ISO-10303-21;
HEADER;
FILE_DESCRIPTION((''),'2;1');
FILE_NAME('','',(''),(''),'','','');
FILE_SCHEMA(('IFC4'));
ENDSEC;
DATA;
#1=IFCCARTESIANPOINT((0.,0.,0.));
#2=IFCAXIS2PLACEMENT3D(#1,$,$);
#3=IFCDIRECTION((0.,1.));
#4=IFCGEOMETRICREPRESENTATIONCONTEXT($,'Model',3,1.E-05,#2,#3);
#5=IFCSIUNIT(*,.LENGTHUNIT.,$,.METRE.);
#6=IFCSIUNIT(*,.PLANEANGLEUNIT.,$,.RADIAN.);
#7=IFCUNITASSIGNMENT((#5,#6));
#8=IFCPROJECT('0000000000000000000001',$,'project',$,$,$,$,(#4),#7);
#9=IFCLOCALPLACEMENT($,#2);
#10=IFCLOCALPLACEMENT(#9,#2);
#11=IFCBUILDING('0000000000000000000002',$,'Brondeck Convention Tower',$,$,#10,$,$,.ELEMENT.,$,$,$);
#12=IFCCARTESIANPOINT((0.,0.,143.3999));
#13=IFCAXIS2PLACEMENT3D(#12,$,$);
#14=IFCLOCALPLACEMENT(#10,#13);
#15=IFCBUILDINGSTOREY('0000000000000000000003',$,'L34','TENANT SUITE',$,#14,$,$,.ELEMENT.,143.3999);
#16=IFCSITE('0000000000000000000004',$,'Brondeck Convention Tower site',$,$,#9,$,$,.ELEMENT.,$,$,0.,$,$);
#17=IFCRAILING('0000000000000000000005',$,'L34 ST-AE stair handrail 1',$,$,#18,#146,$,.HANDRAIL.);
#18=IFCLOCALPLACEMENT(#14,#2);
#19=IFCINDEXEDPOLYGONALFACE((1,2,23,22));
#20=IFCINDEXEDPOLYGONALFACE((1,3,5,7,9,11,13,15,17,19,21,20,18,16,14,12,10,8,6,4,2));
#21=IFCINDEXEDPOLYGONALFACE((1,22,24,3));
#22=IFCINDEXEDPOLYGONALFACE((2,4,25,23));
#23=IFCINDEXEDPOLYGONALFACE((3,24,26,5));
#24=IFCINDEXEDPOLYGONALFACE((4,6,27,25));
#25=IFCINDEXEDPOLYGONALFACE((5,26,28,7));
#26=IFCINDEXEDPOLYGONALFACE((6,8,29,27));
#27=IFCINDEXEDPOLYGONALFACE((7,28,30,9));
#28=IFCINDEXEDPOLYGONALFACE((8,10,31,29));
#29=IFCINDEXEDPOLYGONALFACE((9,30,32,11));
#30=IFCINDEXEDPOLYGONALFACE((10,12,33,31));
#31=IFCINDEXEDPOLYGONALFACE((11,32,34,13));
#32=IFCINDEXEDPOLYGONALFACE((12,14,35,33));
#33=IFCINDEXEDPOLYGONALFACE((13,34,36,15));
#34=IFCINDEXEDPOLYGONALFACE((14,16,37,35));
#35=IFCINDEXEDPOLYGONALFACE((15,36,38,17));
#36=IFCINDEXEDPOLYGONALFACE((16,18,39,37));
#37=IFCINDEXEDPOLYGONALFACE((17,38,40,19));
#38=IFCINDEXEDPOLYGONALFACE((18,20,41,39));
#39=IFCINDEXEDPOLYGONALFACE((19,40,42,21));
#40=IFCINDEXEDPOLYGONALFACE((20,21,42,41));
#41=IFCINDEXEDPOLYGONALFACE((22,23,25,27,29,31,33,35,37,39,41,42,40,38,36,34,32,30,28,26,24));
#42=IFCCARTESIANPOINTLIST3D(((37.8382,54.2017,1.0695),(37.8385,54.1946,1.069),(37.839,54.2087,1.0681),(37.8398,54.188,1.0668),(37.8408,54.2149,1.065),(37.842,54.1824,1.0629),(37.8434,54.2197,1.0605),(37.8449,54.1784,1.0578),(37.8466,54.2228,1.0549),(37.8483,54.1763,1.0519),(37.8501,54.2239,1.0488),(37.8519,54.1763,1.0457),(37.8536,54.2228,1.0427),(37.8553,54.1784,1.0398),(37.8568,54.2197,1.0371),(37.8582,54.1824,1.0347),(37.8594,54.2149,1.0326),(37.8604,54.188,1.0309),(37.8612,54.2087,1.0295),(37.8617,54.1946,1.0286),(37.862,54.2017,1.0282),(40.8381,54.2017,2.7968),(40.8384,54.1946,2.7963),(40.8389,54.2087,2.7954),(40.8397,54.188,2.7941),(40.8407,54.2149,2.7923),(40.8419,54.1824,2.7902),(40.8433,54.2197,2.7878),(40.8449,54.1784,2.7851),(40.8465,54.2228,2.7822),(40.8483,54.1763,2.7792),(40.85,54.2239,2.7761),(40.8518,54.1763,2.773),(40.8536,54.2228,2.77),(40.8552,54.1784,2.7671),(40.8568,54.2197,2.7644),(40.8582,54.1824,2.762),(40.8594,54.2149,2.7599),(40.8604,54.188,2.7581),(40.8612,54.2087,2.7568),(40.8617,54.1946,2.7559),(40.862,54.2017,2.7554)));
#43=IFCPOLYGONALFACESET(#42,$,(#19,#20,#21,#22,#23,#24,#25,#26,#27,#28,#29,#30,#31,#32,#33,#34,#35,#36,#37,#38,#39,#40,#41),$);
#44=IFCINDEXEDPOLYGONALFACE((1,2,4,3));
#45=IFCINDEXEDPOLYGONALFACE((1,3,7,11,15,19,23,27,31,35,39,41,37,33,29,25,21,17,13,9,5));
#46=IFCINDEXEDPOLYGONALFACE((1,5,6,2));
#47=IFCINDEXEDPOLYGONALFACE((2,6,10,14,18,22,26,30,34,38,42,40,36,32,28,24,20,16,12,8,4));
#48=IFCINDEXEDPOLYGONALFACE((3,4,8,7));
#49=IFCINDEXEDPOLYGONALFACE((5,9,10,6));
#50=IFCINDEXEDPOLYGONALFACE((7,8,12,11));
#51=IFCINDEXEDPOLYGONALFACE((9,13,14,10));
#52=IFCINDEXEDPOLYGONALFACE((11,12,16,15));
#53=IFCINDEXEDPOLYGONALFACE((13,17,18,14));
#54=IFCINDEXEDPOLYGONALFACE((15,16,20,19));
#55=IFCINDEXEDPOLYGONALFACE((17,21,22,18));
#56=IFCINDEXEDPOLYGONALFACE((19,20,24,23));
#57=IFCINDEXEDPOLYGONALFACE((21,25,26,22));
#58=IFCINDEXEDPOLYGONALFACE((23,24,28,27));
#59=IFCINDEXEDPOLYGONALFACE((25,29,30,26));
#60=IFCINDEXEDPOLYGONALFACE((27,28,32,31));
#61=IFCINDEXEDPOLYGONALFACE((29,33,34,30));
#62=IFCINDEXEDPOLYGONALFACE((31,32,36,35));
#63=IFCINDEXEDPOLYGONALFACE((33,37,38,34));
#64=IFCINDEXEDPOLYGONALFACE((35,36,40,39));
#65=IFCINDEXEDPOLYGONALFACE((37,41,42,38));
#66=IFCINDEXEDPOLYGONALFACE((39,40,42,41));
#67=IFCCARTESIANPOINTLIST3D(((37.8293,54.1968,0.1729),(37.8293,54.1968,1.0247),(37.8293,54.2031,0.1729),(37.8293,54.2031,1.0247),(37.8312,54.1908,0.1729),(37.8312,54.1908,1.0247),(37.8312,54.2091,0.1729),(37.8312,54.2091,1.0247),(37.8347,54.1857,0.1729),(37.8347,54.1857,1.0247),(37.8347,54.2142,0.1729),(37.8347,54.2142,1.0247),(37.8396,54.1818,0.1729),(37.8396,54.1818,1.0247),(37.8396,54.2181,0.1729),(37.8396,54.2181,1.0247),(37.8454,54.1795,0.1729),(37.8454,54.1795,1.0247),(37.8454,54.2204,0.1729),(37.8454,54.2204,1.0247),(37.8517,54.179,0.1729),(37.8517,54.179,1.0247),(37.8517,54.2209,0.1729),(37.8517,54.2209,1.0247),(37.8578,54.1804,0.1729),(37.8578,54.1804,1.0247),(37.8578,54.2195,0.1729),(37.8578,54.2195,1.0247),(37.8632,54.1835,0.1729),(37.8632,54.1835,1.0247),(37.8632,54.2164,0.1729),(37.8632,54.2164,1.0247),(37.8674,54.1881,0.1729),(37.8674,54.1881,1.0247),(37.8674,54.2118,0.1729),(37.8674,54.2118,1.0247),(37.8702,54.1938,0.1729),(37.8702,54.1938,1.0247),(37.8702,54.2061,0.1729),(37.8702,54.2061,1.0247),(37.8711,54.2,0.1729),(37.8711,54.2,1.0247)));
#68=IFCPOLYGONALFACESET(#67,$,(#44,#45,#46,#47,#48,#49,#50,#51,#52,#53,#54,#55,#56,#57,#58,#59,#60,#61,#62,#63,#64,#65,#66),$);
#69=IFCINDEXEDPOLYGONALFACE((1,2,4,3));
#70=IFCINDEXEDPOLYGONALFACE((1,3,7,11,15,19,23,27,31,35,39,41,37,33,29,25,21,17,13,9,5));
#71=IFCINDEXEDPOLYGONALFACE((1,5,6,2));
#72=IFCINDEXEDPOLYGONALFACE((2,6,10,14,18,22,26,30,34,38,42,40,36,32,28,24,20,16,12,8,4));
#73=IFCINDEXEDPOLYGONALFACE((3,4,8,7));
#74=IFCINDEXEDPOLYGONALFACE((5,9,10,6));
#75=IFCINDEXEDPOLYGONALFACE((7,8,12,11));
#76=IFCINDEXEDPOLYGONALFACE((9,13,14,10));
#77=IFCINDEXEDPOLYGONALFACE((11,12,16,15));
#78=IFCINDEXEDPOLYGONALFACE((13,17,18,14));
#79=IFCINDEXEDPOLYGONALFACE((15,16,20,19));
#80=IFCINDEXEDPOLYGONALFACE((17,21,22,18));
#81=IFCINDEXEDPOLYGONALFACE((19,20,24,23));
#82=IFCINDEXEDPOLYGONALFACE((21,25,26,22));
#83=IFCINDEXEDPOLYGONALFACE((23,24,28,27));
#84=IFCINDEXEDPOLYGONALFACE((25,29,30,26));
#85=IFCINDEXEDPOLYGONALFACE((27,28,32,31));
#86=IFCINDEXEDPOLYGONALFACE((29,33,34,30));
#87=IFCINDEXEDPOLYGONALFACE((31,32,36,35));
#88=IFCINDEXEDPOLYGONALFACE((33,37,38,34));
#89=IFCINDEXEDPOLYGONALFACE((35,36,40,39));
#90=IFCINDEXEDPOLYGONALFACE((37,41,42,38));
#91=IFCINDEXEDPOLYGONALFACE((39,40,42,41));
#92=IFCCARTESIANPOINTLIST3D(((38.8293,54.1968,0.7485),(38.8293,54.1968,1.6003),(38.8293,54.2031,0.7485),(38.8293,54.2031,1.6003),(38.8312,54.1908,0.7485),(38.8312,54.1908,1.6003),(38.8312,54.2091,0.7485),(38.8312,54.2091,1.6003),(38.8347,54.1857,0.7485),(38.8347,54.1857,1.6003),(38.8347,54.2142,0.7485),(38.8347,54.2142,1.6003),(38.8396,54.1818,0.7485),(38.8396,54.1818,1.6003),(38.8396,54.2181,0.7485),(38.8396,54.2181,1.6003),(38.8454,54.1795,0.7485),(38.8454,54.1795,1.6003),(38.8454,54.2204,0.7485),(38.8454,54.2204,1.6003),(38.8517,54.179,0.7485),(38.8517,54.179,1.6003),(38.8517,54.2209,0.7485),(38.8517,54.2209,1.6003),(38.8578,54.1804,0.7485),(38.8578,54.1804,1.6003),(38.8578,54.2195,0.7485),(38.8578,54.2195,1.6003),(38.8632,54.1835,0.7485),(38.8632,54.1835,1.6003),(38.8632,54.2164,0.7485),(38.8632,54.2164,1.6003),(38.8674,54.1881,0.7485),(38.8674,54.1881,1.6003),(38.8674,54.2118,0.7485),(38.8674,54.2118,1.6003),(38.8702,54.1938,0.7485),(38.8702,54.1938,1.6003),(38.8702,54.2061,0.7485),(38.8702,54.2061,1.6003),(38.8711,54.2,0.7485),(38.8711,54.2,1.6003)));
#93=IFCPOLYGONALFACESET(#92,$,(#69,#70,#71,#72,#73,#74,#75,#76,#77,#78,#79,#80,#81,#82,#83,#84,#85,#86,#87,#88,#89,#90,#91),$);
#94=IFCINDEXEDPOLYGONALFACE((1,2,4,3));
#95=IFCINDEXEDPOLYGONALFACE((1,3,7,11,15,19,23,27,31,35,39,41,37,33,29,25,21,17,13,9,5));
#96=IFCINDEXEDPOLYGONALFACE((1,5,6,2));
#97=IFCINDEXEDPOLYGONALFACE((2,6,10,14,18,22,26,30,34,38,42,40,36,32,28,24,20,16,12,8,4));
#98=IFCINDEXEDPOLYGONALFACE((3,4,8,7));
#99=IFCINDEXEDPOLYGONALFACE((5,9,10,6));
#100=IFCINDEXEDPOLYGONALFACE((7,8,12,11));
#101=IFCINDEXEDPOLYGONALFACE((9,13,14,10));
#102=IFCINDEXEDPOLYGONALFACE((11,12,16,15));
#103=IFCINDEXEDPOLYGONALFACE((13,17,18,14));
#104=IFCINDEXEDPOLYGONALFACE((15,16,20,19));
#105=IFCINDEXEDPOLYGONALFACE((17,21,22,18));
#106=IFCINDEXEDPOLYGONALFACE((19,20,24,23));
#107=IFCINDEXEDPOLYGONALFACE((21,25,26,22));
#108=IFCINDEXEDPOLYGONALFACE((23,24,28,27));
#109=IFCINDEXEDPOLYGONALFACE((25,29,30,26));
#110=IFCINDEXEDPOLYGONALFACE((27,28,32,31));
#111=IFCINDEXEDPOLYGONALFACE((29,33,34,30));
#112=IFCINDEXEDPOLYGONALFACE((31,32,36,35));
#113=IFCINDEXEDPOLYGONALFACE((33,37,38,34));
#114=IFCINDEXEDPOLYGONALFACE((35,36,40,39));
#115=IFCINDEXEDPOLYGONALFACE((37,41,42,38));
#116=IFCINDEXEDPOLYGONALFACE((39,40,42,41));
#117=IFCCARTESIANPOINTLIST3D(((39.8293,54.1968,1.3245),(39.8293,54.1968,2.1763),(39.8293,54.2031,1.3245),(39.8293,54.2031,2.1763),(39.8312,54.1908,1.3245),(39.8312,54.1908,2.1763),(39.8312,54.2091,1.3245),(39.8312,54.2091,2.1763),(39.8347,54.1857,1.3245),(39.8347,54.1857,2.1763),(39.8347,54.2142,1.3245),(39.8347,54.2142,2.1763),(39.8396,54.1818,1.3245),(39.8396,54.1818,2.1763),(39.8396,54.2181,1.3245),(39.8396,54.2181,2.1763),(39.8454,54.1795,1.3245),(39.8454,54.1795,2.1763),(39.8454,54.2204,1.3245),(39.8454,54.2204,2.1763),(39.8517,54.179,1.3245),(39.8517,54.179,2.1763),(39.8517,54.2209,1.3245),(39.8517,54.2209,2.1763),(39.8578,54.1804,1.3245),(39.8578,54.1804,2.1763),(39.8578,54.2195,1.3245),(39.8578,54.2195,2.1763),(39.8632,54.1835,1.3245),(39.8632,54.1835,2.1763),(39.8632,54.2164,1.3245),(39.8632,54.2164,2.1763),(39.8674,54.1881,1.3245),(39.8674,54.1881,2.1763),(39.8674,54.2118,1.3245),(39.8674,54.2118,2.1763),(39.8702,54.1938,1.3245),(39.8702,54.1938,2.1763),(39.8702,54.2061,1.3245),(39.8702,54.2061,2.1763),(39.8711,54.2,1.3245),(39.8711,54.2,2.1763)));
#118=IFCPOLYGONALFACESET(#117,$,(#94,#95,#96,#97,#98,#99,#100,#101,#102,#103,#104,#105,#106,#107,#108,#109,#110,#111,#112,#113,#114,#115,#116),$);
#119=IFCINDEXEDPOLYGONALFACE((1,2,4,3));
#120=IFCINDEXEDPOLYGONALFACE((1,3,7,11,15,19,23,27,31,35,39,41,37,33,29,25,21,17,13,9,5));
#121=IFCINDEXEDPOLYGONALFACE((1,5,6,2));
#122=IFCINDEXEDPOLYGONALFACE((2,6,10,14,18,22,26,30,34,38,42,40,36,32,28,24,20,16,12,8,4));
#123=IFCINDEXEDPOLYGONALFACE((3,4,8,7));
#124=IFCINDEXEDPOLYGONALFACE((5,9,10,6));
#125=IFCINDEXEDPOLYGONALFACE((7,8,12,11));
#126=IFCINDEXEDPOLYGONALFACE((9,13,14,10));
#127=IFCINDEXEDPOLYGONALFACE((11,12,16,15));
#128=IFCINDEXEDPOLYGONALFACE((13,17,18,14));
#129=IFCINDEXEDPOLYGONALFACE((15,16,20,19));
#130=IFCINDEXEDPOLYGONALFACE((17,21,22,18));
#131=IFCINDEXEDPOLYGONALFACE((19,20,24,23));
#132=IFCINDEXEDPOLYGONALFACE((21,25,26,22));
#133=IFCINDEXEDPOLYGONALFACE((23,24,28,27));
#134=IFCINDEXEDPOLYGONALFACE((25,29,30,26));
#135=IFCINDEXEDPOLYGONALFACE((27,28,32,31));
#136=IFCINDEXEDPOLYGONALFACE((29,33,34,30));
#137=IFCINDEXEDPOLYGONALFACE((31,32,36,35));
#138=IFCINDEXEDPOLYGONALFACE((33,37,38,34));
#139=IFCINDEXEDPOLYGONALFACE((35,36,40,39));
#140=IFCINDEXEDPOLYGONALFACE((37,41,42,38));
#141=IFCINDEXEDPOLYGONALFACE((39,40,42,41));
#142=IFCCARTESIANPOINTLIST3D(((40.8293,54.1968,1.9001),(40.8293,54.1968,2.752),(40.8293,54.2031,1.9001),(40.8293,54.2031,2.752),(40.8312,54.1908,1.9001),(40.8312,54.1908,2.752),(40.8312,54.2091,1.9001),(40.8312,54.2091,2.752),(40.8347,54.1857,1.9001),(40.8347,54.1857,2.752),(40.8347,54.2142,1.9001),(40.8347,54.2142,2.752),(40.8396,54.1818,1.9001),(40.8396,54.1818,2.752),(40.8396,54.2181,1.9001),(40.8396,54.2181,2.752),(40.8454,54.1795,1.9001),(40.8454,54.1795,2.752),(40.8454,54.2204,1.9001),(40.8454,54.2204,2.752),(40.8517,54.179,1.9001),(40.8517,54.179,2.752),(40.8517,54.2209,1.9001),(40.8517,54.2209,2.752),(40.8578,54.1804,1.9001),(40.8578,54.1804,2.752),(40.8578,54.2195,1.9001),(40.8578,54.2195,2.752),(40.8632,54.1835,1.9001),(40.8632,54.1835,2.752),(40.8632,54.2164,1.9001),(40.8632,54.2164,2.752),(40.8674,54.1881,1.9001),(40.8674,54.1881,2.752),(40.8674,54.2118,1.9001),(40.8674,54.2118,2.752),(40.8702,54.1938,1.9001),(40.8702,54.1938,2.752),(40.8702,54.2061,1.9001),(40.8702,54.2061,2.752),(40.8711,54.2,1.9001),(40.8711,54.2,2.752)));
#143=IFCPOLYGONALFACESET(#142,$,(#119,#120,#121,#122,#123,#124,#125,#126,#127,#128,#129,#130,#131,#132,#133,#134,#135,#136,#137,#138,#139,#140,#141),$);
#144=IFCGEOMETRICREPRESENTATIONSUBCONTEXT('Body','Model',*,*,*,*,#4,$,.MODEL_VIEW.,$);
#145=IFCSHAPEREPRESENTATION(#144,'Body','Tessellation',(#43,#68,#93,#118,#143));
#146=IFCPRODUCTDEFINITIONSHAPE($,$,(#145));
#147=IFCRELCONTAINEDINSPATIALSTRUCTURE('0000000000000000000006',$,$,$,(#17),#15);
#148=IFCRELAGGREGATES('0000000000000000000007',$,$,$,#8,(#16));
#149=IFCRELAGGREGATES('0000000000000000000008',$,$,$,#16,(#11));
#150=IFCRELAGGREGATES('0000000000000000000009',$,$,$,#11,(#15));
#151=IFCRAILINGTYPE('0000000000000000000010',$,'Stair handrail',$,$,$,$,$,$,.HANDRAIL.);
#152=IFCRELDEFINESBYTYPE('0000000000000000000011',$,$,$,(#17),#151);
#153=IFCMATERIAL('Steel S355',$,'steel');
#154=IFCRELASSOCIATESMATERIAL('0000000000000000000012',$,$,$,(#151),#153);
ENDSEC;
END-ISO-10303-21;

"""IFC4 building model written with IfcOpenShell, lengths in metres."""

from ifc_helpers import new_model, si_unit, direction, frame, origin, origin_2d, place, context, subcontext, project, spatial, circle, extrude, material, type_object, element, save


model = new_model("IFC4")

# Units and contexts
model_context = context("Model", 3, precision=1e-05, world=origin(), true_north=direction((0.0, 1.0)))
body_context = subcontext(model_context, "Body", "Model", "MODEL_VIEW")
ifc_project = project(units=[si_unit("LENGTHUNIT", "METRE"), si_unit("PLANEANGLEUNIT", "RADIAN")], contexts=[model_context])

# Site, building, storey
site_placement = place(None, origin())
site = spatial("IfcSite", under=ifc_project, at=site_placement, Name="Brondeck Convention Tower site", CompositionType="ELEMENT", RefElevation=0.0)
building_placement = place(site_placement, origin())
building = spatial("IfcBuilding", under=site, at=building_placement, Name="Brondeck Convention Tower", CompositionType="ELEMENT")
storey_placement = place(building_placement, frame((0.0, 0.0, 143.3999)))
storey = spatial("IfcBuildingStorey", under=building, at=storey_placement, Name="L34", Description="TENANT SUITE", CompositionType="ELEMENT", Elevation=143.3999)

# Shared definitions
ifc_material_1 = material(Name="Steel S355", Category="steel")

# Railing
railing_type_1 = type_object("IfcRailingType", Name="Stair handrail", PredefinedType="HANDRAIL", material=ifc_material_1)
railing_1_placement = place(storey_placement, frame((37.8501, 54.2, 0.1729)))
element("IfcRailing", 1, at=railing_1_placement, inside=storey, type_object=railing_type_1, Name="L34 ST-AE stair handrail 1", PredefinedType="HANDRAIL", context=body_context, shape_type="SweptSolid", body=[
    extrude(circle(Radius=0.0239, at=origin_2d()), frame((0.0, 0.0, 0.876), z_axis=(0.86662, 0.0, 0.498969), x_axis=(0.0, 1.0, 0.0)), (0.0, 0.0, 1.0), 3.4617),
    extrude(circle(Radius=0.021, at=origin_2d()), origin(), (0.0, 0.0, 1.0), 0.8518),
    extrude(circle(Radius=0.021, at=origin_2d()), frame((1.0, 0.0, 0.5757)), (0.0, 0.0, 1.0), 0.8518),
    extrude(circle(Radius=0.021, at=origin_2d()), frame((2.0, 0.0, 1.1516)), (0.0, 0.0, 1.0), 0.8518),
    extrude(circle(Radius=0.021, at=origin_2d()), frame((3.0, 0.0, 1.7273)), (0.0, 0.0, 1.0), 0.8518),
])

save(model, "model.ifc")
